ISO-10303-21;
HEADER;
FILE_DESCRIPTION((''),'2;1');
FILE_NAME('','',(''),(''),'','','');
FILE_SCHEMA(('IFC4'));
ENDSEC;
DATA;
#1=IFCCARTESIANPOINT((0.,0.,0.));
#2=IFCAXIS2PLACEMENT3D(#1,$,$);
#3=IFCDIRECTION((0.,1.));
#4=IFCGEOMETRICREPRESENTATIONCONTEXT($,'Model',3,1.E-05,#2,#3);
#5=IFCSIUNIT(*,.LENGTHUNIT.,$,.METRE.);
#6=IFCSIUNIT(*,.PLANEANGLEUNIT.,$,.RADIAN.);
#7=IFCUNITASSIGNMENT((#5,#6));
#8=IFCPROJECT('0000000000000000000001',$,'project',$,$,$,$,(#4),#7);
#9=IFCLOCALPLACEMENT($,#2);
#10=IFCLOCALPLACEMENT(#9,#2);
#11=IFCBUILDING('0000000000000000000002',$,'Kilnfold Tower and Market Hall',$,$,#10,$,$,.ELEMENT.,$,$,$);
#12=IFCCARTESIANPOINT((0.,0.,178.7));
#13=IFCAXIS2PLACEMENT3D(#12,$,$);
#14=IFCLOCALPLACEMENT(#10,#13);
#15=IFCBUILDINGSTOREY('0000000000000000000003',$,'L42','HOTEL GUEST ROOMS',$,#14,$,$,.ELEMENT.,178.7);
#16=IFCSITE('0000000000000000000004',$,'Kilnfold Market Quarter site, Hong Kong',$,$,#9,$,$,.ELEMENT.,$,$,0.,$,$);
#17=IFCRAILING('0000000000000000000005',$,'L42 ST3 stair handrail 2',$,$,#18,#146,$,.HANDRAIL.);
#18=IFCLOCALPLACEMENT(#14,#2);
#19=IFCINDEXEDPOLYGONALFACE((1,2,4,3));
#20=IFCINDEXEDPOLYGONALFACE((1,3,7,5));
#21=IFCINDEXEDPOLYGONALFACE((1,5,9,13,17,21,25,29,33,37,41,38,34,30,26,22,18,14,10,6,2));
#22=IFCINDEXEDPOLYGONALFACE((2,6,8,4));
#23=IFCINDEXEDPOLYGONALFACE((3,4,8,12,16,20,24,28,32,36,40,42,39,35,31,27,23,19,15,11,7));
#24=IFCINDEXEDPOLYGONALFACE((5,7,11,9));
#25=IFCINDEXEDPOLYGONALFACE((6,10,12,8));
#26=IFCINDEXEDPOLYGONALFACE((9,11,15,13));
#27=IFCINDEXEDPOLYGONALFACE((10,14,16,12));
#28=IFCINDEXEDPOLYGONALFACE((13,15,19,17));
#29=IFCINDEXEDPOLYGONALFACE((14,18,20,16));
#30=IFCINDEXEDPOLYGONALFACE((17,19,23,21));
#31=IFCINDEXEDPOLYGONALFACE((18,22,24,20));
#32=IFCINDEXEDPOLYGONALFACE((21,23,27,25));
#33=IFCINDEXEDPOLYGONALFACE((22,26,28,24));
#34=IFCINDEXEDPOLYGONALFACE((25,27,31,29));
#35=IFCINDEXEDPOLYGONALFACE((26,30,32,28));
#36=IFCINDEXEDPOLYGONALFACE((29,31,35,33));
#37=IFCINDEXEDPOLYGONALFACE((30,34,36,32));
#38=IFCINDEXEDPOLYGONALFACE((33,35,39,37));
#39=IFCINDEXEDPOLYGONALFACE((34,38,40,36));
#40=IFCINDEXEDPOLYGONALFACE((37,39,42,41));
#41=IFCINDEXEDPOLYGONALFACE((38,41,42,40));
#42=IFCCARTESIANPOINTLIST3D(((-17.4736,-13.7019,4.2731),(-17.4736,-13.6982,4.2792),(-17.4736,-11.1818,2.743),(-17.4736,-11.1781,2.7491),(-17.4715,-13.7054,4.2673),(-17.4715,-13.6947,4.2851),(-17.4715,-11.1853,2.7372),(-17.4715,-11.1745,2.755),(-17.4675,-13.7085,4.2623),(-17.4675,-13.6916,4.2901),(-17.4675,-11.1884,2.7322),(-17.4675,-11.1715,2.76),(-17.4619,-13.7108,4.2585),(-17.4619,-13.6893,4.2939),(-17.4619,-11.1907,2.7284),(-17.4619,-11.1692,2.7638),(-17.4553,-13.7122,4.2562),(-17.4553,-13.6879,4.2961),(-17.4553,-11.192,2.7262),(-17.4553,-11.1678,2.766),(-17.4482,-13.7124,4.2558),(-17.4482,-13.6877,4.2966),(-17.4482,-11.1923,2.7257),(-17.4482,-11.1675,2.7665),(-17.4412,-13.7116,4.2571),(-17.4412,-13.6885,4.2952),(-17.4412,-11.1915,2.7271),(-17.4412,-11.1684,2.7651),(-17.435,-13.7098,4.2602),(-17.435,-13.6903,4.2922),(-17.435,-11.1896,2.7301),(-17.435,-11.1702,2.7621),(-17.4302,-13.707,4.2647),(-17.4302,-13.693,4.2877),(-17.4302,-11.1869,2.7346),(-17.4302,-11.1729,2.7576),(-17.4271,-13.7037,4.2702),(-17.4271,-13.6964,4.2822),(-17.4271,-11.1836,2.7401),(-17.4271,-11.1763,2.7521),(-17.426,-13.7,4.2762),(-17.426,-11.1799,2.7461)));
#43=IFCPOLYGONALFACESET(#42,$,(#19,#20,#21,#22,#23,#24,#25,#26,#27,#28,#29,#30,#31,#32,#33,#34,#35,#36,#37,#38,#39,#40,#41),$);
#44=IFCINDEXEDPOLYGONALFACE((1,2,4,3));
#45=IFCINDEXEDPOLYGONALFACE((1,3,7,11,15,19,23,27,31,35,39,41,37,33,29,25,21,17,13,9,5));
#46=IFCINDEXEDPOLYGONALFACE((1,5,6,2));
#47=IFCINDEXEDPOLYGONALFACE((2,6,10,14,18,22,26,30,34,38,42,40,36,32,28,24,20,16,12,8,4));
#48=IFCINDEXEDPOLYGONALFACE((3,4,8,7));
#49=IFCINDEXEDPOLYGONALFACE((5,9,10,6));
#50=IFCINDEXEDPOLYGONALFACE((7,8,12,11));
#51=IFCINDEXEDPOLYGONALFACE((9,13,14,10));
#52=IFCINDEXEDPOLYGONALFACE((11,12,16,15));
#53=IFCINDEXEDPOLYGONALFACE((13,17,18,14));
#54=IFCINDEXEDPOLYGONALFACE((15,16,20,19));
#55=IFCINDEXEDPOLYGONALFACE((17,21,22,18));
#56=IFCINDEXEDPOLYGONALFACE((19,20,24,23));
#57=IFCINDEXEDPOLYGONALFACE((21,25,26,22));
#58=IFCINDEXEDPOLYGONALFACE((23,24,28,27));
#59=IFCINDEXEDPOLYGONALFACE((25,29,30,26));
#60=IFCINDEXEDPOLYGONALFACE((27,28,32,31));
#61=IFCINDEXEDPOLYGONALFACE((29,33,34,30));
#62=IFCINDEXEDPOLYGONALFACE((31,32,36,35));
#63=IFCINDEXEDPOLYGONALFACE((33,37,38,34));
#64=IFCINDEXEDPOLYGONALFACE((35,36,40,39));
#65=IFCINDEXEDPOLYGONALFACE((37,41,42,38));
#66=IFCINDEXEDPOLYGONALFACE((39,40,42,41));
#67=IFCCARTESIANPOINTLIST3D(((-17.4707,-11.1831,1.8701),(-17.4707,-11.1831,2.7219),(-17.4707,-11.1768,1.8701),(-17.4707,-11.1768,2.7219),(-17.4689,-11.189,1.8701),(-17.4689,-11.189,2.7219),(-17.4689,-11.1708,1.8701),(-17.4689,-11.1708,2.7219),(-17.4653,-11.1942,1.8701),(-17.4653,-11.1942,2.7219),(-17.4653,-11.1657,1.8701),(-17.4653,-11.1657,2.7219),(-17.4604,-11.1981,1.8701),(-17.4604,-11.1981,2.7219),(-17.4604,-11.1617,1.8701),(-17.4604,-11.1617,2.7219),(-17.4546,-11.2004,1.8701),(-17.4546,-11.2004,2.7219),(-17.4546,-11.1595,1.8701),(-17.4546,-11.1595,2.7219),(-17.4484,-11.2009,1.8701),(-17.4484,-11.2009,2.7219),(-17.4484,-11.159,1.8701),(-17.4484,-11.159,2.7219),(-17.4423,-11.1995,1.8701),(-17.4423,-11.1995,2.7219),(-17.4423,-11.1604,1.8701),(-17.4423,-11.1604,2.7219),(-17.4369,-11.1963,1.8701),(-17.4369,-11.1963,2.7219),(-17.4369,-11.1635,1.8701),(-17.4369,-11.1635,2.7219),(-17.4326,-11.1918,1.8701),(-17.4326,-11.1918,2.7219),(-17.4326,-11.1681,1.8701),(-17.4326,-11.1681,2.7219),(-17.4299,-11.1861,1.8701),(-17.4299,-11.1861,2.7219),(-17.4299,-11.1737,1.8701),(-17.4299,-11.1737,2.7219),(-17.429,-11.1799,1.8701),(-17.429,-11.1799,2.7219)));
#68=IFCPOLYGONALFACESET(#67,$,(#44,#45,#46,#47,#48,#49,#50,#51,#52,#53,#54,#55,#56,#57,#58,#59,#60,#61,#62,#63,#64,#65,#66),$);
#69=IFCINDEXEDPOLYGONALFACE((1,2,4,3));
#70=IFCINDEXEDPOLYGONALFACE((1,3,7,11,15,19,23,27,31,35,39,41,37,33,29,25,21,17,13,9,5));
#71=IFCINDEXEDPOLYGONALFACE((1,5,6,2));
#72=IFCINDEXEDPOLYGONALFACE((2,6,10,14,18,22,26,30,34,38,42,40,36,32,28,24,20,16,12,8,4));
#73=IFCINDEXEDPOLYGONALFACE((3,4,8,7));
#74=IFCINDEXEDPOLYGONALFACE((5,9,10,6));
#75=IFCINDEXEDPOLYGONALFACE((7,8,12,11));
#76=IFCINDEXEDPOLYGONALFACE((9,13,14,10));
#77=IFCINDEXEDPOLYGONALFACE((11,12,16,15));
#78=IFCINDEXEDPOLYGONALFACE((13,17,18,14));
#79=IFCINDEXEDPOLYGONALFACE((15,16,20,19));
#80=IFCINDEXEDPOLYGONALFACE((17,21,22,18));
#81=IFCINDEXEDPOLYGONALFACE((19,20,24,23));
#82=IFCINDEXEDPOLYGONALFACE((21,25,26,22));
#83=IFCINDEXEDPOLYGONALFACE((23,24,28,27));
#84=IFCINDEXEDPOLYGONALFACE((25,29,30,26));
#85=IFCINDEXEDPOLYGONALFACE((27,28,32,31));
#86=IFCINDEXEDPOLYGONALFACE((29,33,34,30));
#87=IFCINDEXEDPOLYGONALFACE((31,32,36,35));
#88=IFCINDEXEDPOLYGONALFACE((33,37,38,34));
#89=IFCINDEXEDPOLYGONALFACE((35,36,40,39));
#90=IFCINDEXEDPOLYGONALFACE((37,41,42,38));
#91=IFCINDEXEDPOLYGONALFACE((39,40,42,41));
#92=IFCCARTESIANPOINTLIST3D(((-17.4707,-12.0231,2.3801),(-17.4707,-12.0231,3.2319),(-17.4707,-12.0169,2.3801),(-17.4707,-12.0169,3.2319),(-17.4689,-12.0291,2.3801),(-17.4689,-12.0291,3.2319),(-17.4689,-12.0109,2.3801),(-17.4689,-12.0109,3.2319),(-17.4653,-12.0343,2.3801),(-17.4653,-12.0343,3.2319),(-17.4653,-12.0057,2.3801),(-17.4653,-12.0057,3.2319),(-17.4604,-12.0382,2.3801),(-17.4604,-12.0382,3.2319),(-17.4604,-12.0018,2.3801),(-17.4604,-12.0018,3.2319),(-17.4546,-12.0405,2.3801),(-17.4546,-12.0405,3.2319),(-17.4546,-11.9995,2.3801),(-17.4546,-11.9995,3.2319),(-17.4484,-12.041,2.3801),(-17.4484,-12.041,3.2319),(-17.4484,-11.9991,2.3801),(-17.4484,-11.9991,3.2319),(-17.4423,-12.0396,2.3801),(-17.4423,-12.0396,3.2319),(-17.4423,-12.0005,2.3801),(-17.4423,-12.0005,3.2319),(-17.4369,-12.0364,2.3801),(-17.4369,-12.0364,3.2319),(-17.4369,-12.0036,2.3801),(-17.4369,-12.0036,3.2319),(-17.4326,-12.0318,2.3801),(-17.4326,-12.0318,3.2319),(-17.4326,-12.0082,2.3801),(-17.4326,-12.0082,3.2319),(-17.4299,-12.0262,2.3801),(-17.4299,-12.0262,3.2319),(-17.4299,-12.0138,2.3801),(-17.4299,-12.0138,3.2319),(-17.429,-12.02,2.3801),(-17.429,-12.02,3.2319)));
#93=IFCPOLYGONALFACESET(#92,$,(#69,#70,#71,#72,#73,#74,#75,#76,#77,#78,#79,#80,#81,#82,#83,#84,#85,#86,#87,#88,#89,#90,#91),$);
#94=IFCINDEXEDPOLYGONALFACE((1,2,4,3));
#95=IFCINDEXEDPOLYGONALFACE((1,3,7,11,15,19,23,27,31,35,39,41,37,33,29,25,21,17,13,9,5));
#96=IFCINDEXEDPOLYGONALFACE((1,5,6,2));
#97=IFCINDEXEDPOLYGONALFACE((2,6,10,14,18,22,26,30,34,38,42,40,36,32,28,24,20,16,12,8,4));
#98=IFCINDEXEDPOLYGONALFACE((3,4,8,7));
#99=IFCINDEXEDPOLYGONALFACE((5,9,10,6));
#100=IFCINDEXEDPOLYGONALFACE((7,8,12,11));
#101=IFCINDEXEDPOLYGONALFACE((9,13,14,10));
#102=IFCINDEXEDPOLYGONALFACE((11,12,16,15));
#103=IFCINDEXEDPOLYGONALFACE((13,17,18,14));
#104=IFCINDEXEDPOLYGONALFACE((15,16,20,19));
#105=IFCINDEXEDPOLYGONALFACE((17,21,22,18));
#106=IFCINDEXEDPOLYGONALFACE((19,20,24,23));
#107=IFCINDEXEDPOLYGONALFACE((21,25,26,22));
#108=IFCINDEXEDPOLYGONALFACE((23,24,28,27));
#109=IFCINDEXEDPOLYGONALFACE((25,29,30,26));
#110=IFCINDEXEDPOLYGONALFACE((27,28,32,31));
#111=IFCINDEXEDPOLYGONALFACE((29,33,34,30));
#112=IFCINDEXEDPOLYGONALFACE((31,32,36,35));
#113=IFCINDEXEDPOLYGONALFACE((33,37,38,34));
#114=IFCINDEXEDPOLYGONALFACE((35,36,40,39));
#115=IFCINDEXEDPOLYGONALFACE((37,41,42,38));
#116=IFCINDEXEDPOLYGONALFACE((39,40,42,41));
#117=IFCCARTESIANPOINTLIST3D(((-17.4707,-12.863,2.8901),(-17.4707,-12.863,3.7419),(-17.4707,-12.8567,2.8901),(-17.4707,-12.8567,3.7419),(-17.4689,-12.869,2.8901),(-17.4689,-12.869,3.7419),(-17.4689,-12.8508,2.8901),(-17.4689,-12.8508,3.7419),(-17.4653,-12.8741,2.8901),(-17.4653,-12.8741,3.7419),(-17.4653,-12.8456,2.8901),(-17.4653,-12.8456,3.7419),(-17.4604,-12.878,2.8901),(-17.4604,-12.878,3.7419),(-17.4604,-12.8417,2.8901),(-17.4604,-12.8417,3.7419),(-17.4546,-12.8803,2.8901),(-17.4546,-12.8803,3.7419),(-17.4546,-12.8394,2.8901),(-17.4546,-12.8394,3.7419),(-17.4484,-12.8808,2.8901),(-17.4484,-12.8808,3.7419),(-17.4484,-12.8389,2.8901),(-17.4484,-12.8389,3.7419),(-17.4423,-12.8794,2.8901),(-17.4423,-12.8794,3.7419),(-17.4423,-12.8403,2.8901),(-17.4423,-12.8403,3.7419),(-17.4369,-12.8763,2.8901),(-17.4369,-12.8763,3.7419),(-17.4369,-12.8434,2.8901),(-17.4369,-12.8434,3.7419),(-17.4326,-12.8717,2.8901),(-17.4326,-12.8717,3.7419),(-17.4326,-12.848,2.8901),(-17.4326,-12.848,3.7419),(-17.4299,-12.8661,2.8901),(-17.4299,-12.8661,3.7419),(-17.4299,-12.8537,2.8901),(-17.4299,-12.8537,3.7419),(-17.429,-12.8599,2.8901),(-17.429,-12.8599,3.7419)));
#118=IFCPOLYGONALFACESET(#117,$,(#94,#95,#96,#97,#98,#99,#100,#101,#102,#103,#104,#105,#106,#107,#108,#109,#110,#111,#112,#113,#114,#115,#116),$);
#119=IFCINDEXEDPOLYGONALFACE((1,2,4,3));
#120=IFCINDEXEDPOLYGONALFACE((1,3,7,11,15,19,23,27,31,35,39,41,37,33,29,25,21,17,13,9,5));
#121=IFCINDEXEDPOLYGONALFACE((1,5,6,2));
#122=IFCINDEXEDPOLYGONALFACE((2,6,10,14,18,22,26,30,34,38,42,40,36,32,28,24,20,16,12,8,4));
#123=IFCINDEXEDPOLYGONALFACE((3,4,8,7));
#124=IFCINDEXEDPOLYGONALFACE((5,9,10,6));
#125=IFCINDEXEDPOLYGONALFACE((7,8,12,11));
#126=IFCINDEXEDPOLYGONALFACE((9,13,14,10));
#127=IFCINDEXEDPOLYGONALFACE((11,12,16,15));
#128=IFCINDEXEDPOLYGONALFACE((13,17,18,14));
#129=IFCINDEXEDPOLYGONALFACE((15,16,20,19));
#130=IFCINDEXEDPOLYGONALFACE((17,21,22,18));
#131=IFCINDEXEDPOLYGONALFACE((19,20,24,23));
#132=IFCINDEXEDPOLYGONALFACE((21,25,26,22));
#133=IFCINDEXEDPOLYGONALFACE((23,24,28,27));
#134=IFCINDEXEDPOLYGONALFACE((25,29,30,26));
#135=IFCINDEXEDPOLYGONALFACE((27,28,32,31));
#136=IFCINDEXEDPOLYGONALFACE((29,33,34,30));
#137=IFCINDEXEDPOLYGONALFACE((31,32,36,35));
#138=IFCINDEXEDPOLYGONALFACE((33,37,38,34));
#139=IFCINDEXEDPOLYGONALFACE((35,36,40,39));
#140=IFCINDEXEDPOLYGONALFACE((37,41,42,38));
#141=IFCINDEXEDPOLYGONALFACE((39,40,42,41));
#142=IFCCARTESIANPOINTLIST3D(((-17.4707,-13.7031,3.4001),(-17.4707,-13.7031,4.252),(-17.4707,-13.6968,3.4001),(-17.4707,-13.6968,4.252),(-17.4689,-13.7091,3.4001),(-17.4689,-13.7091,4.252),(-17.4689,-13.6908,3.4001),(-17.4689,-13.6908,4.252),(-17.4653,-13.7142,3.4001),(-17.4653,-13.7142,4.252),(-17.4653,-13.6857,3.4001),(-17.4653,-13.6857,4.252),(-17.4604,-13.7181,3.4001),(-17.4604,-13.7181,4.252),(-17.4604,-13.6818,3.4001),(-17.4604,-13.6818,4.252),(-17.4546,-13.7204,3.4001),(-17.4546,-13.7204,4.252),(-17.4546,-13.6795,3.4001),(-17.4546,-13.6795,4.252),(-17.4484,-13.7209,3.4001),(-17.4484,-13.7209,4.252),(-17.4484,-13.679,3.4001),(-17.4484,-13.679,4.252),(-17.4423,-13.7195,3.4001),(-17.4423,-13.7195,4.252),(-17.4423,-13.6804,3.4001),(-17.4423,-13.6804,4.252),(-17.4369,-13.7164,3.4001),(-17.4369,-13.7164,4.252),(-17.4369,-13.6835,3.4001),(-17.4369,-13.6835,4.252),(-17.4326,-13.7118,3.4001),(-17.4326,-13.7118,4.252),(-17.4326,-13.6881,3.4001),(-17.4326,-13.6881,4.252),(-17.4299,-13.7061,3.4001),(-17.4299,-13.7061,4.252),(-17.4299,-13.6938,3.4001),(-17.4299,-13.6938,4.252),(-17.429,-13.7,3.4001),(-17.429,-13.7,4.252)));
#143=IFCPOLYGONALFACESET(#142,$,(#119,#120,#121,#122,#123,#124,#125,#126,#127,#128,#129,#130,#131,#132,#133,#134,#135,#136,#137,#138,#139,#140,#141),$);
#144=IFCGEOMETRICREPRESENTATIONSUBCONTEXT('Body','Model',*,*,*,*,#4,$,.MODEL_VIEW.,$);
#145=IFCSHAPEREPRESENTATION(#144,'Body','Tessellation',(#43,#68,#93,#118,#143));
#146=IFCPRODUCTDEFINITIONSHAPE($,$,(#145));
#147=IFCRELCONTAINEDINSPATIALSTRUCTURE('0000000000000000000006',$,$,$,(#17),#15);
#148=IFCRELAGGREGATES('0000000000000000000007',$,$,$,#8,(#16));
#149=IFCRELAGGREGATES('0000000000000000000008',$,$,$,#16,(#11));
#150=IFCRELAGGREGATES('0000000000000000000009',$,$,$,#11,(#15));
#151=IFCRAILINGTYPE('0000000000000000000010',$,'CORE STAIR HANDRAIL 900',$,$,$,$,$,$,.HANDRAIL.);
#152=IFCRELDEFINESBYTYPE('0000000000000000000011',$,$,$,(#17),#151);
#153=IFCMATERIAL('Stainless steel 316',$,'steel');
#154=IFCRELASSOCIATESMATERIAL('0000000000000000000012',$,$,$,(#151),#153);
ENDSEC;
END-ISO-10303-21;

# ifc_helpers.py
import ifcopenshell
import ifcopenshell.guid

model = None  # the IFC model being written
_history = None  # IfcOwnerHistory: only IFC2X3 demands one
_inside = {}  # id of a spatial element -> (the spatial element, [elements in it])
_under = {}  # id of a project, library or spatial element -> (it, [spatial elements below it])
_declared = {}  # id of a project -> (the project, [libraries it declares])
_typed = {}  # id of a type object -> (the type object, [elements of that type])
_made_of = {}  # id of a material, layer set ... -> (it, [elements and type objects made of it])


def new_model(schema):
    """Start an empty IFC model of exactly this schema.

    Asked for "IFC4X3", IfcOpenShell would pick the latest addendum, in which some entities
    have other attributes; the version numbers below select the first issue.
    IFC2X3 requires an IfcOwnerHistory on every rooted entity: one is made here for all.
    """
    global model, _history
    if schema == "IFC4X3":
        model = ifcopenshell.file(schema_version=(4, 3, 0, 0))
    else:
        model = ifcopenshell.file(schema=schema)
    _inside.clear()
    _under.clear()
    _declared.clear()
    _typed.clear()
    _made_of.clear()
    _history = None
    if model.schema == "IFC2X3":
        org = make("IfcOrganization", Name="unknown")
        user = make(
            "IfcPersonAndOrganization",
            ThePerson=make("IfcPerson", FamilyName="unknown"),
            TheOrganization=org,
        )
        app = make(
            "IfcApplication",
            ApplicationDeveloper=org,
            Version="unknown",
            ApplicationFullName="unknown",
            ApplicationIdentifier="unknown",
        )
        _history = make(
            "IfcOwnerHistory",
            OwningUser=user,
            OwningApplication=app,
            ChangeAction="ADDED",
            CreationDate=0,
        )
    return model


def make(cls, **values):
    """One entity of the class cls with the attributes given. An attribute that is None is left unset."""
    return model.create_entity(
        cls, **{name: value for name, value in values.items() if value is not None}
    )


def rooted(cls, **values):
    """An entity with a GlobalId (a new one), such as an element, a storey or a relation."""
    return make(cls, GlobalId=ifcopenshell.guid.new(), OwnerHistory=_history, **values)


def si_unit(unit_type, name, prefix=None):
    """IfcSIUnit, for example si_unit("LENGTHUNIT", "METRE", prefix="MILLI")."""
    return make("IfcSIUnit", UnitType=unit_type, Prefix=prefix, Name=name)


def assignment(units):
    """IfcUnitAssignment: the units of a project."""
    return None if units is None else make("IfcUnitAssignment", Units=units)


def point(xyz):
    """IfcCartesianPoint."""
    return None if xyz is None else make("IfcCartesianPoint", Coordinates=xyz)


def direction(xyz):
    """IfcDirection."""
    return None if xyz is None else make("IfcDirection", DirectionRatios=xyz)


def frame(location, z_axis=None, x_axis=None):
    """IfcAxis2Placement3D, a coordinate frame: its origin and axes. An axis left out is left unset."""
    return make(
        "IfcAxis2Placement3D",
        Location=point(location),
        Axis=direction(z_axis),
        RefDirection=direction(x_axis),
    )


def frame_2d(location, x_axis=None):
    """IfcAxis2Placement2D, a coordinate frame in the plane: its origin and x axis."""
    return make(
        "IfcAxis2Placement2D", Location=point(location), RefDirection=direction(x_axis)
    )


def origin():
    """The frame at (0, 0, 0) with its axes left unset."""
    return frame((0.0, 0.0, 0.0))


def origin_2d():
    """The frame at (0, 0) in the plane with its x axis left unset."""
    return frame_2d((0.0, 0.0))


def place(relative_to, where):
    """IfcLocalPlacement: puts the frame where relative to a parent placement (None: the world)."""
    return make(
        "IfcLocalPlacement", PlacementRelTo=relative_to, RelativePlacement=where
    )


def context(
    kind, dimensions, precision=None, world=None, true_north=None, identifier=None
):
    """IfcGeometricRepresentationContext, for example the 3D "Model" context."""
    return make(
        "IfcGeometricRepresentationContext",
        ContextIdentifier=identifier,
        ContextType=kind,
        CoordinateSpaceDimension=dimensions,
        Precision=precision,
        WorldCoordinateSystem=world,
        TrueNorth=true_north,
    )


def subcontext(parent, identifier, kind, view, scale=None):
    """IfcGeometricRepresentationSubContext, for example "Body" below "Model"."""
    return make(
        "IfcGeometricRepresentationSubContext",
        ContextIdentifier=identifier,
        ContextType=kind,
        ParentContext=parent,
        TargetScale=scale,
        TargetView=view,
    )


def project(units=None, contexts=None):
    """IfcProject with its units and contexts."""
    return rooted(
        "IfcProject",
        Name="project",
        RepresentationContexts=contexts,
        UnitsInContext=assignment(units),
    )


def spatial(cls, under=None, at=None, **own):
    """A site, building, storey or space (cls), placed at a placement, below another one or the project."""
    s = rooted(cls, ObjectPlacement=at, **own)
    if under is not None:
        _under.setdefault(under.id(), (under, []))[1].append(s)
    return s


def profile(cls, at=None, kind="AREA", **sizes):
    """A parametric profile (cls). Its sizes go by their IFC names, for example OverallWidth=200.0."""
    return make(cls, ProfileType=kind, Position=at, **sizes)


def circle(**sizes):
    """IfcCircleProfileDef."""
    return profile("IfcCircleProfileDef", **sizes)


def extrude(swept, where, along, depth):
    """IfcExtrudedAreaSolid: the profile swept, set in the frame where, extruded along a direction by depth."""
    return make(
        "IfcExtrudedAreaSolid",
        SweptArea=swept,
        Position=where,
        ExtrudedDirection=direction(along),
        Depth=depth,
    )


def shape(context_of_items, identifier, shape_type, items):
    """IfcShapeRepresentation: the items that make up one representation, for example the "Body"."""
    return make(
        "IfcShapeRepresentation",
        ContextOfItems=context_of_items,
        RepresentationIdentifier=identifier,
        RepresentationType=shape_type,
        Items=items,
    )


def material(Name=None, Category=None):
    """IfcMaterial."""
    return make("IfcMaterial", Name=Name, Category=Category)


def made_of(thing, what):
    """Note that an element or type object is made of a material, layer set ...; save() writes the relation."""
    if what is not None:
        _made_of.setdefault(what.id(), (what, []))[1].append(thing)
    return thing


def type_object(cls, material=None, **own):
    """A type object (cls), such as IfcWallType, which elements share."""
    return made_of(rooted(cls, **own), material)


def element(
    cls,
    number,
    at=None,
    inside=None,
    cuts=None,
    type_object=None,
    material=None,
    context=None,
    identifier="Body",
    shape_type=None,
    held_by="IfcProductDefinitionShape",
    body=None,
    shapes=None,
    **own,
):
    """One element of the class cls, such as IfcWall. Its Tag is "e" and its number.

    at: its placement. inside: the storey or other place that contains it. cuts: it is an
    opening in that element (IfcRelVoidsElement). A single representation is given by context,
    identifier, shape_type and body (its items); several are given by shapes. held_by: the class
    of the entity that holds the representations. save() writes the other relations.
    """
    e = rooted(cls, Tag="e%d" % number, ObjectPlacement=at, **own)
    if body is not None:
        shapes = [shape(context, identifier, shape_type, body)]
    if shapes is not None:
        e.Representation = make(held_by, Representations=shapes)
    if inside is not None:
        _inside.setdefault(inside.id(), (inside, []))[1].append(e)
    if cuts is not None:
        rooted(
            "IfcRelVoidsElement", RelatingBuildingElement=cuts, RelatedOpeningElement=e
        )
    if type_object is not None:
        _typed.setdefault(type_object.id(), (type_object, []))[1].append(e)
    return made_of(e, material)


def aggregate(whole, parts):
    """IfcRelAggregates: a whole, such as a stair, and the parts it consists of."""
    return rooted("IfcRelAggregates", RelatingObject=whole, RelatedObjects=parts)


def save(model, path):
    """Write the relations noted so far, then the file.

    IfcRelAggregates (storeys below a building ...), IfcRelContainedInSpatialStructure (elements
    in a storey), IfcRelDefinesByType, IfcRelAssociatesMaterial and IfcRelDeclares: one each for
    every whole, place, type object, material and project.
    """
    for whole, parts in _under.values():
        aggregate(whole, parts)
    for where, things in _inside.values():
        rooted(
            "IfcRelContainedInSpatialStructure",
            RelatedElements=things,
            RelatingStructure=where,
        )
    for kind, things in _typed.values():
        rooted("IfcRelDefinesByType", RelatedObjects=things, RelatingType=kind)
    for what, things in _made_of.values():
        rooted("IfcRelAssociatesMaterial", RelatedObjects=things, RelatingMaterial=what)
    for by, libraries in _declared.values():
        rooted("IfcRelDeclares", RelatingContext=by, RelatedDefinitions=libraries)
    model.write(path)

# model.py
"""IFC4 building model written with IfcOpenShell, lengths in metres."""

from ifc_helpers import new_model, si_unit, direction, frame, origin, origin_2d, place, context, subcontext, project, spatial, circle, extrude, material, type_object, element, save


model = new_model("IFC4")

# Units and contexts
model_context = context("Model", 3, precision=1e-05, world=origin(), true_north=direction((0.0, 1.0)))
body_context = subcontext(model_context, "Body", "Model", "MODEL_VIEW")
ifc_project = project(units=[si_unit("LENGTHUNIT", "METRE"), si_unit("PLANEANGLEUNIT", "RADIAN")], contexts=[model_context])

# Site, building, storey
site_placement = place(None, origin())
site = spatial("IfcSite", under=ifc_project, at=site_placement, Name="Kilnfold Market Quarter site, Hong Kong", CompositionType="ELEMENT", RefElevation=0.0)
building_placement = place(site_placement, origin())
building = spatial("IfcBuilding", under=site, at=building_placement, Name="Kilnfold Tower and Market Hall", CompositionType="ELEMENT")
storey_placement = place(building_placement, frame((0.0, 0.0, 178.7)))
storey = spatial("IfcBuildingStorey", under=building, at=storey_placement, Name="L42", Description="HOTEL GUEST ROOMS", CompositionType="ELEMENT", Elevation=178.7)

# Railing
ifc_material_1 = material(Name="Stainless steel 316", Category="steel")
railing_type_1 = type_object("IfcRailingType", Name="CORE STAIR HANDRAIL 900", PredefinedType="HANDRAIL", material=ifc_material_1)
railing_1_placement = place(storey_placement, frame((-17.45, -11.1799, 1.8701)))
element("IfcRailing", 1, at=railing_1_placement, inside=storey, type_object=railing_type_1, Name="L42 ST3 stair handrail 2", PredefinedType="HANDRAIL", context=body_context, shape_type="SweptSolid", body=[
    extrude(circle(Radius=0.0239, at=origin_2d()), frame((0.0, 0.0, 0.876), z_axis=(0.0, -0.854785, 0.518982), x_axis=(1.0, 0.0, 0.0)), (0.0, 0.0, 1.0), 2.9482),
    extrude(circle(Radius=0.021, at=origin_2d()), origin(), (0.0, 0.0, 1.0), 0.8518),
    extrude(circle(Radius=0.021, at=origin_2d()), frame((0.0, -0.8401, 0.51)), (0.0, 0.0, 1.0), 0.8518),
    extrude(circle(Radius=0.021, at=origin_2d()), frame((0.0, -1.6799, 1.02)), (0.0, 0.0, 1.0), 0.8518),
    extrude(circle(Radius=0.021, at=origin_2d()), frame((0.0, -2.52, 1.53)), (0.0, 0.0, 1.0), 0.8518),
])

save(model, "model.ifc")
